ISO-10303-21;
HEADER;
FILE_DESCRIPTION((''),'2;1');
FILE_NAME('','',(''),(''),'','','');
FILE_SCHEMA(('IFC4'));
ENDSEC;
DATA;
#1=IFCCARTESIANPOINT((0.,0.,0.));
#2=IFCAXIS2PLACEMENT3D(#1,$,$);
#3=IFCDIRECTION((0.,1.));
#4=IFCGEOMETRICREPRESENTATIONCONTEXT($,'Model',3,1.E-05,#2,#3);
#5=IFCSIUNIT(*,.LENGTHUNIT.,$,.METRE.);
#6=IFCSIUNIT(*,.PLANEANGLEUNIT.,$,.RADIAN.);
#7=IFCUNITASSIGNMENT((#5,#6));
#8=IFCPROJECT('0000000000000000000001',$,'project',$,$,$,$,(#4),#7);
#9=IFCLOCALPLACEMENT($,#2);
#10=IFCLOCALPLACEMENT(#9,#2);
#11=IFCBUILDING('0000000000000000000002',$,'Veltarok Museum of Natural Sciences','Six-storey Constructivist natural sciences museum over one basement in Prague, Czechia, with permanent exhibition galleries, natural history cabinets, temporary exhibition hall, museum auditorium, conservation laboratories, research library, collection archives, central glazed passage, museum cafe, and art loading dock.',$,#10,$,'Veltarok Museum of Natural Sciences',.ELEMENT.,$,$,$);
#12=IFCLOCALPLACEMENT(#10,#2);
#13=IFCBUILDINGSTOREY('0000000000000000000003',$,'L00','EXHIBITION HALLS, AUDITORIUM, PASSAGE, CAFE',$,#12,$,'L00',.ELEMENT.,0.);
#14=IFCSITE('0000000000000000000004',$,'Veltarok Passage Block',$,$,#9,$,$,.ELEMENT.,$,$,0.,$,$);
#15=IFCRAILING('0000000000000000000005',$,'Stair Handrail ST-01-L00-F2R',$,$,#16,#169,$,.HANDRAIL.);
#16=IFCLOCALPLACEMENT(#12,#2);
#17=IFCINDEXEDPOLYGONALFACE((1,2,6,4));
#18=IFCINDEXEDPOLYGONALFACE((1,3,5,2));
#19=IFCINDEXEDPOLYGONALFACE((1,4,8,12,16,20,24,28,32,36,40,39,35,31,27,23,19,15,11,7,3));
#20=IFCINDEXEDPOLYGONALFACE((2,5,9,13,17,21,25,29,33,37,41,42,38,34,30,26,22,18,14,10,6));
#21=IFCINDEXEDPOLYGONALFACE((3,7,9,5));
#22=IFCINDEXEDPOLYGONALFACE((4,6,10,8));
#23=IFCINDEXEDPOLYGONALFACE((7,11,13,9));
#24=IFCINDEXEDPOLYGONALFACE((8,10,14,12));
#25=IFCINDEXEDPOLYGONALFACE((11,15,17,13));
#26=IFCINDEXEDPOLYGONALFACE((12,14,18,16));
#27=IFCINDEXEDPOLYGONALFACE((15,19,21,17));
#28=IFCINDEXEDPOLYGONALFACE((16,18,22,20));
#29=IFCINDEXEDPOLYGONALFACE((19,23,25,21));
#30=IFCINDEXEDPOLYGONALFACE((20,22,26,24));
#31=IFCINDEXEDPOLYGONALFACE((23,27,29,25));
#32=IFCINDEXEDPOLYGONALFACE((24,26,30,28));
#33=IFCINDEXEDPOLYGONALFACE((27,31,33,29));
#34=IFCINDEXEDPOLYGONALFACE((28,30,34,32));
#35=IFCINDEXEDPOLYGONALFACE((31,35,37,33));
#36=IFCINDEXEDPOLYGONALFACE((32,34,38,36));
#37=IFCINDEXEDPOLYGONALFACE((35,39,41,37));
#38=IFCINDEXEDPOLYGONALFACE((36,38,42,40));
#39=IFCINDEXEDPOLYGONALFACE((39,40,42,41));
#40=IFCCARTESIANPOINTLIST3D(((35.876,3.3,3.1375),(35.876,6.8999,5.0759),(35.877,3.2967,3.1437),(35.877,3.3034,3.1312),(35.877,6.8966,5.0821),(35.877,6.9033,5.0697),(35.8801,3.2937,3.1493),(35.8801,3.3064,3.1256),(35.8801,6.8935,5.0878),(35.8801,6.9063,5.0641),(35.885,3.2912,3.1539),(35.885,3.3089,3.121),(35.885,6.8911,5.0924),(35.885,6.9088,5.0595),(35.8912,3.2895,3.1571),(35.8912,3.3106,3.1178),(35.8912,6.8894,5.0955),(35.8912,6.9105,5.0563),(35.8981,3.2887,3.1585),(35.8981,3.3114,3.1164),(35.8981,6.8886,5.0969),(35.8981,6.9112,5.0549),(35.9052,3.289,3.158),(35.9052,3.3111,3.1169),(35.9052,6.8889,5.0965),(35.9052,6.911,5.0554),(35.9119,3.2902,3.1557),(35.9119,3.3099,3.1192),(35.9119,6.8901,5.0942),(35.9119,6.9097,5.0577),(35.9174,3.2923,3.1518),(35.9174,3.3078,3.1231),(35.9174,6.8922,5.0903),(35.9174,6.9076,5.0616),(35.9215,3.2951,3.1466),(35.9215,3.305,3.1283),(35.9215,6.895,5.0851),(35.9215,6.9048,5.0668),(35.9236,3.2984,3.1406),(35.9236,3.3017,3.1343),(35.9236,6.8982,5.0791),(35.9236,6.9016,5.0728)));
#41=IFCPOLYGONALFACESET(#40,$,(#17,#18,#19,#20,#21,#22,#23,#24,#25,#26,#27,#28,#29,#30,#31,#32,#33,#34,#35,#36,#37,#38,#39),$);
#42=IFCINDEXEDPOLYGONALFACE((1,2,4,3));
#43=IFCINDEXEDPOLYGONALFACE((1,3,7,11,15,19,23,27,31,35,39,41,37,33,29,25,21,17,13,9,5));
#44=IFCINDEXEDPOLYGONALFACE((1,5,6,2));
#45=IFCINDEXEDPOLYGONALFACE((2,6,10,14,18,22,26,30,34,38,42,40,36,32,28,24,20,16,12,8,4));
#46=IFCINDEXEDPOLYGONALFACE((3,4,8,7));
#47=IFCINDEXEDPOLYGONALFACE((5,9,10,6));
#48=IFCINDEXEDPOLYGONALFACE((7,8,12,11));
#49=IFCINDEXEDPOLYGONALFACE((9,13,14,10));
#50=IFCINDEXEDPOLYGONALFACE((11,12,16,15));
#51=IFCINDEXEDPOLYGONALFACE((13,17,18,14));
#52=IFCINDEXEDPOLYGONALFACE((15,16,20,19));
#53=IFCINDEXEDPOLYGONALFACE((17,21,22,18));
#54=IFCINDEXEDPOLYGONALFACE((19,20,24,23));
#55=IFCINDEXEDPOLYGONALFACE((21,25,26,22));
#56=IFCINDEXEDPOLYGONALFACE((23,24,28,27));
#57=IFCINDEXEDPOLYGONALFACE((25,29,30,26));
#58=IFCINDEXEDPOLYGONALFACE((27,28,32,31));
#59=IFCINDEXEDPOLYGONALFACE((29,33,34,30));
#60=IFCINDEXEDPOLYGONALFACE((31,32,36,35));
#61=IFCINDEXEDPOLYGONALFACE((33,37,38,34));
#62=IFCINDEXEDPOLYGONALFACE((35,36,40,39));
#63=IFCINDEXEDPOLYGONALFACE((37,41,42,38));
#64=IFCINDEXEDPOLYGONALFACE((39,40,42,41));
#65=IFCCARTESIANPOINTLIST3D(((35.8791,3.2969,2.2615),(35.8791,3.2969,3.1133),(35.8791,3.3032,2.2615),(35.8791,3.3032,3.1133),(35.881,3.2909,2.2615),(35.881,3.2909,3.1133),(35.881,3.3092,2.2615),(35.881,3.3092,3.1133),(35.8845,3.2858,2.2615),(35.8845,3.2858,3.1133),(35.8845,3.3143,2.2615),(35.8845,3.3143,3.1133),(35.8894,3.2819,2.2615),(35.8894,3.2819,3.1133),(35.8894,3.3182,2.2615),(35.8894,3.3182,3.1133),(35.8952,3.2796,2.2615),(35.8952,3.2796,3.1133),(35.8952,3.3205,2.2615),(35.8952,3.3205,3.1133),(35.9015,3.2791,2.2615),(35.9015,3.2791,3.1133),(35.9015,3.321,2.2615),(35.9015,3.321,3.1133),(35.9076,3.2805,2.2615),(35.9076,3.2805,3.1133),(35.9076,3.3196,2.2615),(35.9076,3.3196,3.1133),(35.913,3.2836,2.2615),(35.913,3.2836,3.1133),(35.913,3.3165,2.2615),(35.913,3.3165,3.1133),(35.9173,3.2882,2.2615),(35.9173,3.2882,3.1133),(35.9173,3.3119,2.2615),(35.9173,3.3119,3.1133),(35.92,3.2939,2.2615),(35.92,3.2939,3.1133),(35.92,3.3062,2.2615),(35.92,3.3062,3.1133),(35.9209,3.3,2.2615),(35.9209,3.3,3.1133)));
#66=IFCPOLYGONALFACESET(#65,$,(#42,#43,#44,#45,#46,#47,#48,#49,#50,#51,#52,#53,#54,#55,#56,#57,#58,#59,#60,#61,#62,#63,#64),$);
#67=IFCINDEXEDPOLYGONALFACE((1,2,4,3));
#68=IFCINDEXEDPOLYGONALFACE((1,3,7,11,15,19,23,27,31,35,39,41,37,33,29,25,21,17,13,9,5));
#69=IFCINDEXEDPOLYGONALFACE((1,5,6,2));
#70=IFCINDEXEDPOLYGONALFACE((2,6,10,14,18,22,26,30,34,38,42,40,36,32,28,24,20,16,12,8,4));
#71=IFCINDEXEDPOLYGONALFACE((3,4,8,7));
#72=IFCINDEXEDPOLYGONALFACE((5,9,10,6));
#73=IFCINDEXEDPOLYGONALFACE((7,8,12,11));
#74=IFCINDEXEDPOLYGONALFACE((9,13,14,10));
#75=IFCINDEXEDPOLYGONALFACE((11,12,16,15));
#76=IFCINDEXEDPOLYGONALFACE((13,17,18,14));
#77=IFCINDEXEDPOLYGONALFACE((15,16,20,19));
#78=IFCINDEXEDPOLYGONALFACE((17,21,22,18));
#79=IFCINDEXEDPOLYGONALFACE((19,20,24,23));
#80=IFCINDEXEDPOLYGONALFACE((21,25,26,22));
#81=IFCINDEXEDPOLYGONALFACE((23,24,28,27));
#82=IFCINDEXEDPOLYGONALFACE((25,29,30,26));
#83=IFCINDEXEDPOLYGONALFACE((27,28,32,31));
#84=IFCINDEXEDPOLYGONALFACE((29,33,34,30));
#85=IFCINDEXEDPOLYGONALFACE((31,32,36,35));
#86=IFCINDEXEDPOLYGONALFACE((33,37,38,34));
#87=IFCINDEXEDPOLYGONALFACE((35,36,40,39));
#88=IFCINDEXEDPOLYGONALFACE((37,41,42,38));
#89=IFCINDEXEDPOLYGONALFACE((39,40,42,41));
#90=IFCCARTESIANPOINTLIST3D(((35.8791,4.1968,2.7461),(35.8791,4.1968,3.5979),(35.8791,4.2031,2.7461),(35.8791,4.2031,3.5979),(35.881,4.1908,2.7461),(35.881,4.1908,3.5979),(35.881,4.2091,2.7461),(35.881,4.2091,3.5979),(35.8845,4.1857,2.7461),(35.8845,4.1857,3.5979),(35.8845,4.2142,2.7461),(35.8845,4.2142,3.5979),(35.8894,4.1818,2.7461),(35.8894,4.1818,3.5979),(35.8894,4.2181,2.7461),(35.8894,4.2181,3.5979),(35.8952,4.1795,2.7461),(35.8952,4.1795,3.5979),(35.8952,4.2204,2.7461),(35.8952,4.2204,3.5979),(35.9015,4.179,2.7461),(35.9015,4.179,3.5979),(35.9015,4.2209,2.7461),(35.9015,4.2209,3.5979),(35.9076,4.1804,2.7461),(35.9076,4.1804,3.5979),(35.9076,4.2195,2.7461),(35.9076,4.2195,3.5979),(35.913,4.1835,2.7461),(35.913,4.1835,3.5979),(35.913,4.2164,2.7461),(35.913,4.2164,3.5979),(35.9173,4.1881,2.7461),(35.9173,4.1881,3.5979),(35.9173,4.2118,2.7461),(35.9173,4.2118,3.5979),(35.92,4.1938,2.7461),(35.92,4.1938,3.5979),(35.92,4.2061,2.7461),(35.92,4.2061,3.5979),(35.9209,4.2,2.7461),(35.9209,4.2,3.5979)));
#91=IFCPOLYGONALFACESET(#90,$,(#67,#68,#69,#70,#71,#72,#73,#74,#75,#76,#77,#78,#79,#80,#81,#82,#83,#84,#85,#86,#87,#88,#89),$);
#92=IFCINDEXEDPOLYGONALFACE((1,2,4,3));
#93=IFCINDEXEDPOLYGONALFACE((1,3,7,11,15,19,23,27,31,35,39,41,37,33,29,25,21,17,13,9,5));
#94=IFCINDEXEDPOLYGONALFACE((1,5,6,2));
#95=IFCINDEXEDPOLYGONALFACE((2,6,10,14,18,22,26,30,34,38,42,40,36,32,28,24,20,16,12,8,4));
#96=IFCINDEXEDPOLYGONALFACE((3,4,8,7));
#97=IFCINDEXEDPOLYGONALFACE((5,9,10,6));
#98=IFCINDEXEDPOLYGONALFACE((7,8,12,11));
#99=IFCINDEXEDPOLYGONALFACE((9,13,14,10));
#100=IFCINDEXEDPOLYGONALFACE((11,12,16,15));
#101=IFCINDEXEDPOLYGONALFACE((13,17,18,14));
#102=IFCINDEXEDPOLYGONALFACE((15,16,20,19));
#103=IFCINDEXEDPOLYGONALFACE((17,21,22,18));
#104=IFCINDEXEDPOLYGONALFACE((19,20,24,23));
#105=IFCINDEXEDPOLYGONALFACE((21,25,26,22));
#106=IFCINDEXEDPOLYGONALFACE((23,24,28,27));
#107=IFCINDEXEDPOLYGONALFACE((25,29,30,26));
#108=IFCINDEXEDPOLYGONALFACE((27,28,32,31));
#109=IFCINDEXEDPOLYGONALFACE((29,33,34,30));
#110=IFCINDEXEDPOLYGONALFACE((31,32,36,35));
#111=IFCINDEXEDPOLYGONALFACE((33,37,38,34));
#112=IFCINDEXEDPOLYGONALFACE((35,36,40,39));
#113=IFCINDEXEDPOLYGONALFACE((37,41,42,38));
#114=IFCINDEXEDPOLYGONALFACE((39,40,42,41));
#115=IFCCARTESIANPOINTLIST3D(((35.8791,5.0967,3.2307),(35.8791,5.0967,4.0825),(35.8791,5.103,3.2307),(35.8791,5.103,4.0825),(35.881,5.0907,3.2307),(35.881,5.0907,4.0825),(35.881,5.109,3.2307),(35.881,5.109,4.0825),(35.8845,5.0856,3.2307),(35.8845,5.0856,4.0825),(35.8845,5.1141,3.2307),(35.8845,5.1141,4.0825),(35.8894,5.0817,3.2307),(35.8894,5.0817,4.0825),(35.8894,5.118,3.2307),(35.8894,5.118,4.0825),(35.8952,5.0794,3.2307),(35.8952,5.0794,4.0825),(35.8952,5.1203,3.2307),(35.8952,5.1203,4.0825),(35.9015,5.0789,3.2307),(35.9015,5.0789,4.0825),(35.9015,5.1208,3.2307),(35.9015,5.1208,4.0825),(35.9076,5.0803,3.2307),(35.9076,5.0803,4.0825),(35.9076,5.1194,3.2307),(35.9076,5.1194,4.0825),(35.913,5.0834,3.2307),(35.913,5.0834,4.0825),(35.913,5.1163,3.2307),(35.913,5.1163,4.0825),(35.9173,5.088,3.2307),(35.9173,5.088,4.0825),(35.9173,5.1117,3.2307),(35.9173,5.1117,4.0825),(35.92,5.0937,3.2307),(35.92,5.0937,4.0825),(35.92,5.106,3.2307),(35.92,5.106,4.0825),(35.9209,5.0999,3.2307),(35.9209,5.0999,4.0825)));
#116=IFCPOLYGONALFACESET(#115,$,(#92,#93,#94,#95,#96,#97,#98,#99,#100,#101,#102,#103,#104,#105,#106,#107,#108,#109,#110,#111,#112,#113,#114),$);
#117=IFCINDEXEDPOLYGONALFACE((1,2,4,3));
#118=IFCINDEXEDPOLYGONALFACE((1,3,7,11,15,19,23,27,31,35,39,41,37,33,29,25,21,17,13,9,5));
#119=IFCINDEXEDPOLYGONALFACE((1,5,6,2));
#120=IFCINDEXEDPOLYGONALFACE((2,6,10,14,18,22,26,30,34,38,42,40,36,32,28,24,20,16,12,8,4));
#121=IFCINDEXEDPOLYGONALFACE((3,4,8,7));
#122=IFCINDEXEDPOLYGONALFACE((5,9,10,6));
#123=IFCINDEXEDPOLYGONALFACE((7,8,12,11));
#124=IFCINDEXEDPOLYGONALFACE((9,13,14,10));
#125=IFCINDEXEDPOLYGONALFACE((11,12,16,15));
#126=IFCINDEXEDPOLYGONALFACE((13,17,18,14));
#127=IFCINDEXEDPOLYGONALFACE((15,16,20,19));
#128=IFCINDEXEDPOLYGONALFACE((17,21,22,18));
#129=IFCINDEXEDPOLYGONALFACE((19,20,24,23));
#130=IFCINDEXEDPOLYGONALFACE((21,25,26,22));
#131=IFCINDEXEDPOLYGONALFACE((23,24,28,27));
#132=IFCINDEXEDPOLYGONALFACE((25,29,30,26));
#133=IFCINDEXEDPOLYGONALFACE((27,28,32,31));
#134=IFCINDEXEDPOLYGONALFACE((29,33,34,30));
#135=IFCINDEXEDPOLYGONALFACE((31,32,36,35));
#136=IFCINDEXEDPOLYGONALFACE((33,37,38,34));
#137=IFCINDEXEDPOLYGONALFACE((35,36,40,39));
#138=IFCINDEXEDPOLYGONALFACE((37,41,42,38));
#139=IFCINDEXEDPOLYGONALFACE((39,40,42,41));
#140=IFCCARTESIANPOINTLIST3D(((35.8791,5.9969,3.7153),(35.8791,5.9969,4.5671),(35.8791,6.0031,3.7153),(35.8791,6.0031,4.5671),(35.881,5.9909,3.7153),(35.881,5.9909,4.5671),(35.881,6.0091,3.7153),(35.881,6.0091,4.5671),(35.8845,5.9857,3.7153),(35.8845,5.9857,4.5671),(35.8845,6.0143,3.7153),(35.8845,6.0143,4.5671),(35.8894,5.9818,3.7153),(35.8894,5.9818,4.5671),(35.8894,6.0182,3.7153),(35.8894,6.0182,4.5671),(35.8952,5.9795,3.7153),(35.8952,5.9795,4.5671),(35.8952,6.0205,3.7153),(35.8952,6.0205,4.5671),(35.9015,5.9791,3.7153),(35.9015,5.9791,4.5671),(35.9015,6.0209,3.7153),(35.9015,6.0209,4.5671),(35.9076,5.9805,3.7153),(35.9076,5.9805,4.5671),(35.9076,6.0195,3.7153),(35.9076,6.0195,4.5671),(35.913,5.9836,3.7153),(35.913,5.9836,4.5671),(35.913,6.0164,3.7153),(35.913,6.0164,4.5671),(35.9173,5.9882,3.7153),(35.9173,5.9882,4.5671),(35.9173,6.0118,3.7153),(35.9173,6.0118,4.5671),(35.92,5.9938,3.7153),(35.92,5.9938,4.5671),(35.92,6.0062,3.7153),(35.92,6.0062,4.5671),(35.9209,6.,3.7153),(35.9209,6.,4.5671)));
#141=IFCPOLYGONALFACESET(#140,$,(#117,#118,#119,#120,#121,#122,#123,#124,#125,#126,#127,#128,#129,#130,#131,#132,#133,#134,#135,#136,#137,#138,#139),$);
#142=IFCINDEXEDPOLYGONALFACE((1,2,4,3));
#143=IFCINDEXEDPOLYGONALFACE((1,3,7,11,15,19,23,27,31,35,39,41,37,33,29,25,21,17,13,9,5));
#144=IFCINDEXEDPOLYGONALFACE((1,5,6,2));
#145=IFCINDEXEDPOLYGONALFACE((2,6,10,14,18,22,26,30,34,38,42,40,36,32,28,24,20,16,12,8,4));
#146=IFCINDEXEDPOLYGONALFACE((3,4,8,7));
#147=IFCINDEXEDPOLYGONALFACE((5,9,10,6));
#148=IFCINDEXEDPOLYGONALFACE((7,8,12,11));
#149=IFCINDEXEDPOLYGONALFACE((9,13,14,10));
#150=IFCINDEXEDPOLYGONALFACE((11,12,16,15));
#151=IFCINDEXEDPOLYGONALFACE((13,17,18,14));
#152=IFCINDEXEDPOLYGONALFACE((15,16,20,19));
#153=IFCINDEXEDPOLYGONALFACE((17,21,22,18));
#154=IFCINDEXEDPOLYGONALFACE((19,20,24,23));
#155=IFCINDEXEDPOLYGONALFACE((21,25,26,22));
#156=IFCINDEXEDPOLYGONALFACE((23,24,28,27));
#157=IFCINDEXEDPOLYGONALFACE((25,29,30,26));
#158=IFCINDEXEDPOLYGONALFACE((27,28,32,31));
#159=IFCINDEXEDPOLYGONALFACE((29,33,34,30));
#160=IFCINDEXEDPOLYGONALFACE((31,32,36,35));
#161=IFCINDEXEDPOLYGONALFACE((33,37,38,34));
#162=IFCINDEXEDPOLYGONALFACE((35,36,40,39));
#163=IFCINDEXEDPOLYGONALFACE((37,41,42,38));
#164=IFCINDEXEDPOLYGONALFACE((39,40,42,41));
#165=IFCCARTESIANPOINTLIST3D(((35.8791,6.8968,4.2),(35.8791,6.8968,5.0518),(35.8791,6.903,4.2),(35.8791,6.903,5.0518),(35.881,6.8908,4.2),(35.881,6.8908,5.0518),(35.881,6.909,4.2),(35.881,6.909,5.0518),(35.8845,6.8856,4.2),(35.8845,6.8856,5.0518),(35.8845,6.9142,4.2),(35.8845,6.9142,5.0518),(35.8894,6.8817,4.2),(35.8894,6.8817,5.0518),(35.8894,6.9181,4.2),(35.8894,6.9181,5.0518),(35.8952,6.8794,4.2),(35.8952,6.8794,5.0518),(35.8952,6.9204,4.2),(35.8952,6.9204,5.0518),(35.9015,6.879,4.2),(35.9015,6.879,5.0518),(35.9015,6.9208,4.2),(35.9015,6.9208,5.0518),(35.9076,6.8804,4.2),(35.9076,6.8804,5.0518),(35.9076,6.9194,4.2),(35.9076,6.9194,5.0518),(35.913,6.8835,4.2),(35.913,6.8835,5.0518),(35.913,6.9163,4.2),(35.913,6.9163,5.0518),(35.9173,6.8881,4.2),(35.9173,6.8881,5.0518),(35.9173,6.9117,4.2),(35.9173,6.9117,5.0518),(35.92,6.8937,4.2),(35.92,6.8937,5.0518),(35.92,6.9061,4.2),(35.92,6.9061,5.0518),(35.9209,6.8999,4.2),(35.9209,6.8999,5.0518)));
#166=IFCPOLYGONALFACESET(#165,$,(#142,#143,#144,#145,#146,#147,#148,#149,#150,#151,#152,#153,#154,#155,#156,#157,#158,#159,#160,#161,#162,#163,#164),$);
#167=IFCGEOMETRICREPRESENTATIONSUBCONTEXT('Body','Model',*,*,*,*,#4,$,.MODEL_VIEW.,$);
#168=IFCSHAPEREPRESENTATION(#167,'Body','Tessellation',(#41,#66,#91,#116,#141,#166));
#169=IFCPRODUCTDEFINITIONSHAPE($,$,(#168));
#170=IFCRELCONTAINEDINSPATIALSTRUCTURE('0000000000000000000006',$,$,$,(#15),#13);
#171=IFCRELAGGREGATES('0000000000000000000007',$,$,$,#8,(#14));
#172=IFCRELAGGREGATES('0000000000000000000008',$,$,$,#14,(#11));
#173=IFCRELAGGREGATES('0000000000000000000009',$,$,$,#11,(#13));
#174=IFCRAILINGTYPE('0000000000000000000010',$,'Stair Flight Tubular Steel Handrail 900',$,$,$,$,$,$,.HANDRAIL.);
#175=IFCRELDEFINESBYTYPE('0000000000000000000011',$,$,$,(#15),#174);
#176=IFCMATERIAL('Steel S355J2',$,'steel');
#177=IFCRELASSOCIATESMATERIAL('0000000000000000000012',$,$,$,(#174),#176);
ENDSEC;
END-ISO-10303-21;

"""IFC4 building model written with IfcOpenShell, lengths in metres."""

from ifc_helpers import new_model, si_unit, direction, frame, origin, origin_2d, place, context, subcontext, project, spatial, circle, extrude, material, type_object, element, save


model = new_model("IFC4")

# Units and contexts
model_context = context("Model", 3, precision=1e-05, world=origin(), true_north=direction((0.0, 1.0)))
body_context = subcontext(model_context, "Body", "Model", "MODEL_VIEW")
ifc_project = project(units=[si_unit("LENGTHUNIT", "METRE"), si_unit("PLANEANGLEUNIT", "RADIAN")], contexts=[model_context])

# Site, building, storey
site_placement = place(None, origin())
site = spatial("IfcSite", under=ifc_project, at=site_placement, Name="Veltarok Passage Block", CompositionType="ELEMENT", RefElevation=0.0)
building_placement = place(site_placement, origin())
building = spatial("IfcBuilding", under=site, at=building_placement, Name="Veltarok Museum of Natural Sciences", Description="Six-storey Constructivist natural sciences museum over one basement in Prague, Czechia, with permanent exhibition galleries, natural history cabinets, temporary exhibition hall, museum auditorium, conservation laboratories, research library, collection archives, central glazed passage, museum cafe, and art loading dock.", LongName="Veltarok Museum of Natural Sciences", CompositionType="ELEMENT")
storey_placement = place(building_placement, origin())
storey = spatial("IfcBuildingStorey", under=building, at=storey_placement, Name="L00", Description="EXHIBITION HALLS, AUDITORIUM, PASSAGE, CAFE", LongName="L00", CompositionType="ELEMENT", Elevation=0.0)

# Shared definitions
ifc_material_1 = material(Name="Steel S355J2", Category="steel")

# Railing
railing_type_1 = type_object("IfcRailingType", Name="Stair Flight Tubular Steel Handrail 900", PredefinedType="HANDRAIL", material=ifc_material_1)
for number, where, name in (
    (1, (35.8999, 3.3, 2.2615), "Stair Handrail ST-01-L00-F2R"),
):
    element("IfcRailing", number, at=place(storey_placement, frame(where)), inside=storey, type_object=railing_type_1, Name=name, PredefinedType="HANDRAIL", context=body_context, shape_type="SweptSolid", body=[
        extrude(circle(Radius=0.0239, at=origin_2d()), frame((0.0, 0.0, 0.876), z_axis=(0.0, 0.880462, 0.474118), x_axis=(-1.0, 0.0, 0.0)), (0.0, 0.0, 1.0), 4.0886),
        extrude(circle(Radius=0.021, at=origin_2d()), origin(), (0.0, 0.0, 1.0), 0.8518),
        extrude(circle(Radius=0.021, at=origin_2d()), frame((0.0, 0.8999, 0.4846)), (0.0, 0.0, 1.0), 0.8518),
        extrude(circle(Radius=0.021, at=origin_2d()), frame((0.0, 1.7998, 0.9692)), (0.0, 0.0, 1.0), 0.8518),
        extrude(circle(Radius=0.021, at=origin_2d()), frame((0.0, 2.7, 1.4539)), (0.0, 0.0, 1.0), 0.8518),
        extrude(circle(Radius=0.021, at=origin_2d()), frame((0.0, 3.5999, 1.9385)), (0.0, 0.0, 1.0), 0.8518),
    ])

save(model, "model.ifc")
